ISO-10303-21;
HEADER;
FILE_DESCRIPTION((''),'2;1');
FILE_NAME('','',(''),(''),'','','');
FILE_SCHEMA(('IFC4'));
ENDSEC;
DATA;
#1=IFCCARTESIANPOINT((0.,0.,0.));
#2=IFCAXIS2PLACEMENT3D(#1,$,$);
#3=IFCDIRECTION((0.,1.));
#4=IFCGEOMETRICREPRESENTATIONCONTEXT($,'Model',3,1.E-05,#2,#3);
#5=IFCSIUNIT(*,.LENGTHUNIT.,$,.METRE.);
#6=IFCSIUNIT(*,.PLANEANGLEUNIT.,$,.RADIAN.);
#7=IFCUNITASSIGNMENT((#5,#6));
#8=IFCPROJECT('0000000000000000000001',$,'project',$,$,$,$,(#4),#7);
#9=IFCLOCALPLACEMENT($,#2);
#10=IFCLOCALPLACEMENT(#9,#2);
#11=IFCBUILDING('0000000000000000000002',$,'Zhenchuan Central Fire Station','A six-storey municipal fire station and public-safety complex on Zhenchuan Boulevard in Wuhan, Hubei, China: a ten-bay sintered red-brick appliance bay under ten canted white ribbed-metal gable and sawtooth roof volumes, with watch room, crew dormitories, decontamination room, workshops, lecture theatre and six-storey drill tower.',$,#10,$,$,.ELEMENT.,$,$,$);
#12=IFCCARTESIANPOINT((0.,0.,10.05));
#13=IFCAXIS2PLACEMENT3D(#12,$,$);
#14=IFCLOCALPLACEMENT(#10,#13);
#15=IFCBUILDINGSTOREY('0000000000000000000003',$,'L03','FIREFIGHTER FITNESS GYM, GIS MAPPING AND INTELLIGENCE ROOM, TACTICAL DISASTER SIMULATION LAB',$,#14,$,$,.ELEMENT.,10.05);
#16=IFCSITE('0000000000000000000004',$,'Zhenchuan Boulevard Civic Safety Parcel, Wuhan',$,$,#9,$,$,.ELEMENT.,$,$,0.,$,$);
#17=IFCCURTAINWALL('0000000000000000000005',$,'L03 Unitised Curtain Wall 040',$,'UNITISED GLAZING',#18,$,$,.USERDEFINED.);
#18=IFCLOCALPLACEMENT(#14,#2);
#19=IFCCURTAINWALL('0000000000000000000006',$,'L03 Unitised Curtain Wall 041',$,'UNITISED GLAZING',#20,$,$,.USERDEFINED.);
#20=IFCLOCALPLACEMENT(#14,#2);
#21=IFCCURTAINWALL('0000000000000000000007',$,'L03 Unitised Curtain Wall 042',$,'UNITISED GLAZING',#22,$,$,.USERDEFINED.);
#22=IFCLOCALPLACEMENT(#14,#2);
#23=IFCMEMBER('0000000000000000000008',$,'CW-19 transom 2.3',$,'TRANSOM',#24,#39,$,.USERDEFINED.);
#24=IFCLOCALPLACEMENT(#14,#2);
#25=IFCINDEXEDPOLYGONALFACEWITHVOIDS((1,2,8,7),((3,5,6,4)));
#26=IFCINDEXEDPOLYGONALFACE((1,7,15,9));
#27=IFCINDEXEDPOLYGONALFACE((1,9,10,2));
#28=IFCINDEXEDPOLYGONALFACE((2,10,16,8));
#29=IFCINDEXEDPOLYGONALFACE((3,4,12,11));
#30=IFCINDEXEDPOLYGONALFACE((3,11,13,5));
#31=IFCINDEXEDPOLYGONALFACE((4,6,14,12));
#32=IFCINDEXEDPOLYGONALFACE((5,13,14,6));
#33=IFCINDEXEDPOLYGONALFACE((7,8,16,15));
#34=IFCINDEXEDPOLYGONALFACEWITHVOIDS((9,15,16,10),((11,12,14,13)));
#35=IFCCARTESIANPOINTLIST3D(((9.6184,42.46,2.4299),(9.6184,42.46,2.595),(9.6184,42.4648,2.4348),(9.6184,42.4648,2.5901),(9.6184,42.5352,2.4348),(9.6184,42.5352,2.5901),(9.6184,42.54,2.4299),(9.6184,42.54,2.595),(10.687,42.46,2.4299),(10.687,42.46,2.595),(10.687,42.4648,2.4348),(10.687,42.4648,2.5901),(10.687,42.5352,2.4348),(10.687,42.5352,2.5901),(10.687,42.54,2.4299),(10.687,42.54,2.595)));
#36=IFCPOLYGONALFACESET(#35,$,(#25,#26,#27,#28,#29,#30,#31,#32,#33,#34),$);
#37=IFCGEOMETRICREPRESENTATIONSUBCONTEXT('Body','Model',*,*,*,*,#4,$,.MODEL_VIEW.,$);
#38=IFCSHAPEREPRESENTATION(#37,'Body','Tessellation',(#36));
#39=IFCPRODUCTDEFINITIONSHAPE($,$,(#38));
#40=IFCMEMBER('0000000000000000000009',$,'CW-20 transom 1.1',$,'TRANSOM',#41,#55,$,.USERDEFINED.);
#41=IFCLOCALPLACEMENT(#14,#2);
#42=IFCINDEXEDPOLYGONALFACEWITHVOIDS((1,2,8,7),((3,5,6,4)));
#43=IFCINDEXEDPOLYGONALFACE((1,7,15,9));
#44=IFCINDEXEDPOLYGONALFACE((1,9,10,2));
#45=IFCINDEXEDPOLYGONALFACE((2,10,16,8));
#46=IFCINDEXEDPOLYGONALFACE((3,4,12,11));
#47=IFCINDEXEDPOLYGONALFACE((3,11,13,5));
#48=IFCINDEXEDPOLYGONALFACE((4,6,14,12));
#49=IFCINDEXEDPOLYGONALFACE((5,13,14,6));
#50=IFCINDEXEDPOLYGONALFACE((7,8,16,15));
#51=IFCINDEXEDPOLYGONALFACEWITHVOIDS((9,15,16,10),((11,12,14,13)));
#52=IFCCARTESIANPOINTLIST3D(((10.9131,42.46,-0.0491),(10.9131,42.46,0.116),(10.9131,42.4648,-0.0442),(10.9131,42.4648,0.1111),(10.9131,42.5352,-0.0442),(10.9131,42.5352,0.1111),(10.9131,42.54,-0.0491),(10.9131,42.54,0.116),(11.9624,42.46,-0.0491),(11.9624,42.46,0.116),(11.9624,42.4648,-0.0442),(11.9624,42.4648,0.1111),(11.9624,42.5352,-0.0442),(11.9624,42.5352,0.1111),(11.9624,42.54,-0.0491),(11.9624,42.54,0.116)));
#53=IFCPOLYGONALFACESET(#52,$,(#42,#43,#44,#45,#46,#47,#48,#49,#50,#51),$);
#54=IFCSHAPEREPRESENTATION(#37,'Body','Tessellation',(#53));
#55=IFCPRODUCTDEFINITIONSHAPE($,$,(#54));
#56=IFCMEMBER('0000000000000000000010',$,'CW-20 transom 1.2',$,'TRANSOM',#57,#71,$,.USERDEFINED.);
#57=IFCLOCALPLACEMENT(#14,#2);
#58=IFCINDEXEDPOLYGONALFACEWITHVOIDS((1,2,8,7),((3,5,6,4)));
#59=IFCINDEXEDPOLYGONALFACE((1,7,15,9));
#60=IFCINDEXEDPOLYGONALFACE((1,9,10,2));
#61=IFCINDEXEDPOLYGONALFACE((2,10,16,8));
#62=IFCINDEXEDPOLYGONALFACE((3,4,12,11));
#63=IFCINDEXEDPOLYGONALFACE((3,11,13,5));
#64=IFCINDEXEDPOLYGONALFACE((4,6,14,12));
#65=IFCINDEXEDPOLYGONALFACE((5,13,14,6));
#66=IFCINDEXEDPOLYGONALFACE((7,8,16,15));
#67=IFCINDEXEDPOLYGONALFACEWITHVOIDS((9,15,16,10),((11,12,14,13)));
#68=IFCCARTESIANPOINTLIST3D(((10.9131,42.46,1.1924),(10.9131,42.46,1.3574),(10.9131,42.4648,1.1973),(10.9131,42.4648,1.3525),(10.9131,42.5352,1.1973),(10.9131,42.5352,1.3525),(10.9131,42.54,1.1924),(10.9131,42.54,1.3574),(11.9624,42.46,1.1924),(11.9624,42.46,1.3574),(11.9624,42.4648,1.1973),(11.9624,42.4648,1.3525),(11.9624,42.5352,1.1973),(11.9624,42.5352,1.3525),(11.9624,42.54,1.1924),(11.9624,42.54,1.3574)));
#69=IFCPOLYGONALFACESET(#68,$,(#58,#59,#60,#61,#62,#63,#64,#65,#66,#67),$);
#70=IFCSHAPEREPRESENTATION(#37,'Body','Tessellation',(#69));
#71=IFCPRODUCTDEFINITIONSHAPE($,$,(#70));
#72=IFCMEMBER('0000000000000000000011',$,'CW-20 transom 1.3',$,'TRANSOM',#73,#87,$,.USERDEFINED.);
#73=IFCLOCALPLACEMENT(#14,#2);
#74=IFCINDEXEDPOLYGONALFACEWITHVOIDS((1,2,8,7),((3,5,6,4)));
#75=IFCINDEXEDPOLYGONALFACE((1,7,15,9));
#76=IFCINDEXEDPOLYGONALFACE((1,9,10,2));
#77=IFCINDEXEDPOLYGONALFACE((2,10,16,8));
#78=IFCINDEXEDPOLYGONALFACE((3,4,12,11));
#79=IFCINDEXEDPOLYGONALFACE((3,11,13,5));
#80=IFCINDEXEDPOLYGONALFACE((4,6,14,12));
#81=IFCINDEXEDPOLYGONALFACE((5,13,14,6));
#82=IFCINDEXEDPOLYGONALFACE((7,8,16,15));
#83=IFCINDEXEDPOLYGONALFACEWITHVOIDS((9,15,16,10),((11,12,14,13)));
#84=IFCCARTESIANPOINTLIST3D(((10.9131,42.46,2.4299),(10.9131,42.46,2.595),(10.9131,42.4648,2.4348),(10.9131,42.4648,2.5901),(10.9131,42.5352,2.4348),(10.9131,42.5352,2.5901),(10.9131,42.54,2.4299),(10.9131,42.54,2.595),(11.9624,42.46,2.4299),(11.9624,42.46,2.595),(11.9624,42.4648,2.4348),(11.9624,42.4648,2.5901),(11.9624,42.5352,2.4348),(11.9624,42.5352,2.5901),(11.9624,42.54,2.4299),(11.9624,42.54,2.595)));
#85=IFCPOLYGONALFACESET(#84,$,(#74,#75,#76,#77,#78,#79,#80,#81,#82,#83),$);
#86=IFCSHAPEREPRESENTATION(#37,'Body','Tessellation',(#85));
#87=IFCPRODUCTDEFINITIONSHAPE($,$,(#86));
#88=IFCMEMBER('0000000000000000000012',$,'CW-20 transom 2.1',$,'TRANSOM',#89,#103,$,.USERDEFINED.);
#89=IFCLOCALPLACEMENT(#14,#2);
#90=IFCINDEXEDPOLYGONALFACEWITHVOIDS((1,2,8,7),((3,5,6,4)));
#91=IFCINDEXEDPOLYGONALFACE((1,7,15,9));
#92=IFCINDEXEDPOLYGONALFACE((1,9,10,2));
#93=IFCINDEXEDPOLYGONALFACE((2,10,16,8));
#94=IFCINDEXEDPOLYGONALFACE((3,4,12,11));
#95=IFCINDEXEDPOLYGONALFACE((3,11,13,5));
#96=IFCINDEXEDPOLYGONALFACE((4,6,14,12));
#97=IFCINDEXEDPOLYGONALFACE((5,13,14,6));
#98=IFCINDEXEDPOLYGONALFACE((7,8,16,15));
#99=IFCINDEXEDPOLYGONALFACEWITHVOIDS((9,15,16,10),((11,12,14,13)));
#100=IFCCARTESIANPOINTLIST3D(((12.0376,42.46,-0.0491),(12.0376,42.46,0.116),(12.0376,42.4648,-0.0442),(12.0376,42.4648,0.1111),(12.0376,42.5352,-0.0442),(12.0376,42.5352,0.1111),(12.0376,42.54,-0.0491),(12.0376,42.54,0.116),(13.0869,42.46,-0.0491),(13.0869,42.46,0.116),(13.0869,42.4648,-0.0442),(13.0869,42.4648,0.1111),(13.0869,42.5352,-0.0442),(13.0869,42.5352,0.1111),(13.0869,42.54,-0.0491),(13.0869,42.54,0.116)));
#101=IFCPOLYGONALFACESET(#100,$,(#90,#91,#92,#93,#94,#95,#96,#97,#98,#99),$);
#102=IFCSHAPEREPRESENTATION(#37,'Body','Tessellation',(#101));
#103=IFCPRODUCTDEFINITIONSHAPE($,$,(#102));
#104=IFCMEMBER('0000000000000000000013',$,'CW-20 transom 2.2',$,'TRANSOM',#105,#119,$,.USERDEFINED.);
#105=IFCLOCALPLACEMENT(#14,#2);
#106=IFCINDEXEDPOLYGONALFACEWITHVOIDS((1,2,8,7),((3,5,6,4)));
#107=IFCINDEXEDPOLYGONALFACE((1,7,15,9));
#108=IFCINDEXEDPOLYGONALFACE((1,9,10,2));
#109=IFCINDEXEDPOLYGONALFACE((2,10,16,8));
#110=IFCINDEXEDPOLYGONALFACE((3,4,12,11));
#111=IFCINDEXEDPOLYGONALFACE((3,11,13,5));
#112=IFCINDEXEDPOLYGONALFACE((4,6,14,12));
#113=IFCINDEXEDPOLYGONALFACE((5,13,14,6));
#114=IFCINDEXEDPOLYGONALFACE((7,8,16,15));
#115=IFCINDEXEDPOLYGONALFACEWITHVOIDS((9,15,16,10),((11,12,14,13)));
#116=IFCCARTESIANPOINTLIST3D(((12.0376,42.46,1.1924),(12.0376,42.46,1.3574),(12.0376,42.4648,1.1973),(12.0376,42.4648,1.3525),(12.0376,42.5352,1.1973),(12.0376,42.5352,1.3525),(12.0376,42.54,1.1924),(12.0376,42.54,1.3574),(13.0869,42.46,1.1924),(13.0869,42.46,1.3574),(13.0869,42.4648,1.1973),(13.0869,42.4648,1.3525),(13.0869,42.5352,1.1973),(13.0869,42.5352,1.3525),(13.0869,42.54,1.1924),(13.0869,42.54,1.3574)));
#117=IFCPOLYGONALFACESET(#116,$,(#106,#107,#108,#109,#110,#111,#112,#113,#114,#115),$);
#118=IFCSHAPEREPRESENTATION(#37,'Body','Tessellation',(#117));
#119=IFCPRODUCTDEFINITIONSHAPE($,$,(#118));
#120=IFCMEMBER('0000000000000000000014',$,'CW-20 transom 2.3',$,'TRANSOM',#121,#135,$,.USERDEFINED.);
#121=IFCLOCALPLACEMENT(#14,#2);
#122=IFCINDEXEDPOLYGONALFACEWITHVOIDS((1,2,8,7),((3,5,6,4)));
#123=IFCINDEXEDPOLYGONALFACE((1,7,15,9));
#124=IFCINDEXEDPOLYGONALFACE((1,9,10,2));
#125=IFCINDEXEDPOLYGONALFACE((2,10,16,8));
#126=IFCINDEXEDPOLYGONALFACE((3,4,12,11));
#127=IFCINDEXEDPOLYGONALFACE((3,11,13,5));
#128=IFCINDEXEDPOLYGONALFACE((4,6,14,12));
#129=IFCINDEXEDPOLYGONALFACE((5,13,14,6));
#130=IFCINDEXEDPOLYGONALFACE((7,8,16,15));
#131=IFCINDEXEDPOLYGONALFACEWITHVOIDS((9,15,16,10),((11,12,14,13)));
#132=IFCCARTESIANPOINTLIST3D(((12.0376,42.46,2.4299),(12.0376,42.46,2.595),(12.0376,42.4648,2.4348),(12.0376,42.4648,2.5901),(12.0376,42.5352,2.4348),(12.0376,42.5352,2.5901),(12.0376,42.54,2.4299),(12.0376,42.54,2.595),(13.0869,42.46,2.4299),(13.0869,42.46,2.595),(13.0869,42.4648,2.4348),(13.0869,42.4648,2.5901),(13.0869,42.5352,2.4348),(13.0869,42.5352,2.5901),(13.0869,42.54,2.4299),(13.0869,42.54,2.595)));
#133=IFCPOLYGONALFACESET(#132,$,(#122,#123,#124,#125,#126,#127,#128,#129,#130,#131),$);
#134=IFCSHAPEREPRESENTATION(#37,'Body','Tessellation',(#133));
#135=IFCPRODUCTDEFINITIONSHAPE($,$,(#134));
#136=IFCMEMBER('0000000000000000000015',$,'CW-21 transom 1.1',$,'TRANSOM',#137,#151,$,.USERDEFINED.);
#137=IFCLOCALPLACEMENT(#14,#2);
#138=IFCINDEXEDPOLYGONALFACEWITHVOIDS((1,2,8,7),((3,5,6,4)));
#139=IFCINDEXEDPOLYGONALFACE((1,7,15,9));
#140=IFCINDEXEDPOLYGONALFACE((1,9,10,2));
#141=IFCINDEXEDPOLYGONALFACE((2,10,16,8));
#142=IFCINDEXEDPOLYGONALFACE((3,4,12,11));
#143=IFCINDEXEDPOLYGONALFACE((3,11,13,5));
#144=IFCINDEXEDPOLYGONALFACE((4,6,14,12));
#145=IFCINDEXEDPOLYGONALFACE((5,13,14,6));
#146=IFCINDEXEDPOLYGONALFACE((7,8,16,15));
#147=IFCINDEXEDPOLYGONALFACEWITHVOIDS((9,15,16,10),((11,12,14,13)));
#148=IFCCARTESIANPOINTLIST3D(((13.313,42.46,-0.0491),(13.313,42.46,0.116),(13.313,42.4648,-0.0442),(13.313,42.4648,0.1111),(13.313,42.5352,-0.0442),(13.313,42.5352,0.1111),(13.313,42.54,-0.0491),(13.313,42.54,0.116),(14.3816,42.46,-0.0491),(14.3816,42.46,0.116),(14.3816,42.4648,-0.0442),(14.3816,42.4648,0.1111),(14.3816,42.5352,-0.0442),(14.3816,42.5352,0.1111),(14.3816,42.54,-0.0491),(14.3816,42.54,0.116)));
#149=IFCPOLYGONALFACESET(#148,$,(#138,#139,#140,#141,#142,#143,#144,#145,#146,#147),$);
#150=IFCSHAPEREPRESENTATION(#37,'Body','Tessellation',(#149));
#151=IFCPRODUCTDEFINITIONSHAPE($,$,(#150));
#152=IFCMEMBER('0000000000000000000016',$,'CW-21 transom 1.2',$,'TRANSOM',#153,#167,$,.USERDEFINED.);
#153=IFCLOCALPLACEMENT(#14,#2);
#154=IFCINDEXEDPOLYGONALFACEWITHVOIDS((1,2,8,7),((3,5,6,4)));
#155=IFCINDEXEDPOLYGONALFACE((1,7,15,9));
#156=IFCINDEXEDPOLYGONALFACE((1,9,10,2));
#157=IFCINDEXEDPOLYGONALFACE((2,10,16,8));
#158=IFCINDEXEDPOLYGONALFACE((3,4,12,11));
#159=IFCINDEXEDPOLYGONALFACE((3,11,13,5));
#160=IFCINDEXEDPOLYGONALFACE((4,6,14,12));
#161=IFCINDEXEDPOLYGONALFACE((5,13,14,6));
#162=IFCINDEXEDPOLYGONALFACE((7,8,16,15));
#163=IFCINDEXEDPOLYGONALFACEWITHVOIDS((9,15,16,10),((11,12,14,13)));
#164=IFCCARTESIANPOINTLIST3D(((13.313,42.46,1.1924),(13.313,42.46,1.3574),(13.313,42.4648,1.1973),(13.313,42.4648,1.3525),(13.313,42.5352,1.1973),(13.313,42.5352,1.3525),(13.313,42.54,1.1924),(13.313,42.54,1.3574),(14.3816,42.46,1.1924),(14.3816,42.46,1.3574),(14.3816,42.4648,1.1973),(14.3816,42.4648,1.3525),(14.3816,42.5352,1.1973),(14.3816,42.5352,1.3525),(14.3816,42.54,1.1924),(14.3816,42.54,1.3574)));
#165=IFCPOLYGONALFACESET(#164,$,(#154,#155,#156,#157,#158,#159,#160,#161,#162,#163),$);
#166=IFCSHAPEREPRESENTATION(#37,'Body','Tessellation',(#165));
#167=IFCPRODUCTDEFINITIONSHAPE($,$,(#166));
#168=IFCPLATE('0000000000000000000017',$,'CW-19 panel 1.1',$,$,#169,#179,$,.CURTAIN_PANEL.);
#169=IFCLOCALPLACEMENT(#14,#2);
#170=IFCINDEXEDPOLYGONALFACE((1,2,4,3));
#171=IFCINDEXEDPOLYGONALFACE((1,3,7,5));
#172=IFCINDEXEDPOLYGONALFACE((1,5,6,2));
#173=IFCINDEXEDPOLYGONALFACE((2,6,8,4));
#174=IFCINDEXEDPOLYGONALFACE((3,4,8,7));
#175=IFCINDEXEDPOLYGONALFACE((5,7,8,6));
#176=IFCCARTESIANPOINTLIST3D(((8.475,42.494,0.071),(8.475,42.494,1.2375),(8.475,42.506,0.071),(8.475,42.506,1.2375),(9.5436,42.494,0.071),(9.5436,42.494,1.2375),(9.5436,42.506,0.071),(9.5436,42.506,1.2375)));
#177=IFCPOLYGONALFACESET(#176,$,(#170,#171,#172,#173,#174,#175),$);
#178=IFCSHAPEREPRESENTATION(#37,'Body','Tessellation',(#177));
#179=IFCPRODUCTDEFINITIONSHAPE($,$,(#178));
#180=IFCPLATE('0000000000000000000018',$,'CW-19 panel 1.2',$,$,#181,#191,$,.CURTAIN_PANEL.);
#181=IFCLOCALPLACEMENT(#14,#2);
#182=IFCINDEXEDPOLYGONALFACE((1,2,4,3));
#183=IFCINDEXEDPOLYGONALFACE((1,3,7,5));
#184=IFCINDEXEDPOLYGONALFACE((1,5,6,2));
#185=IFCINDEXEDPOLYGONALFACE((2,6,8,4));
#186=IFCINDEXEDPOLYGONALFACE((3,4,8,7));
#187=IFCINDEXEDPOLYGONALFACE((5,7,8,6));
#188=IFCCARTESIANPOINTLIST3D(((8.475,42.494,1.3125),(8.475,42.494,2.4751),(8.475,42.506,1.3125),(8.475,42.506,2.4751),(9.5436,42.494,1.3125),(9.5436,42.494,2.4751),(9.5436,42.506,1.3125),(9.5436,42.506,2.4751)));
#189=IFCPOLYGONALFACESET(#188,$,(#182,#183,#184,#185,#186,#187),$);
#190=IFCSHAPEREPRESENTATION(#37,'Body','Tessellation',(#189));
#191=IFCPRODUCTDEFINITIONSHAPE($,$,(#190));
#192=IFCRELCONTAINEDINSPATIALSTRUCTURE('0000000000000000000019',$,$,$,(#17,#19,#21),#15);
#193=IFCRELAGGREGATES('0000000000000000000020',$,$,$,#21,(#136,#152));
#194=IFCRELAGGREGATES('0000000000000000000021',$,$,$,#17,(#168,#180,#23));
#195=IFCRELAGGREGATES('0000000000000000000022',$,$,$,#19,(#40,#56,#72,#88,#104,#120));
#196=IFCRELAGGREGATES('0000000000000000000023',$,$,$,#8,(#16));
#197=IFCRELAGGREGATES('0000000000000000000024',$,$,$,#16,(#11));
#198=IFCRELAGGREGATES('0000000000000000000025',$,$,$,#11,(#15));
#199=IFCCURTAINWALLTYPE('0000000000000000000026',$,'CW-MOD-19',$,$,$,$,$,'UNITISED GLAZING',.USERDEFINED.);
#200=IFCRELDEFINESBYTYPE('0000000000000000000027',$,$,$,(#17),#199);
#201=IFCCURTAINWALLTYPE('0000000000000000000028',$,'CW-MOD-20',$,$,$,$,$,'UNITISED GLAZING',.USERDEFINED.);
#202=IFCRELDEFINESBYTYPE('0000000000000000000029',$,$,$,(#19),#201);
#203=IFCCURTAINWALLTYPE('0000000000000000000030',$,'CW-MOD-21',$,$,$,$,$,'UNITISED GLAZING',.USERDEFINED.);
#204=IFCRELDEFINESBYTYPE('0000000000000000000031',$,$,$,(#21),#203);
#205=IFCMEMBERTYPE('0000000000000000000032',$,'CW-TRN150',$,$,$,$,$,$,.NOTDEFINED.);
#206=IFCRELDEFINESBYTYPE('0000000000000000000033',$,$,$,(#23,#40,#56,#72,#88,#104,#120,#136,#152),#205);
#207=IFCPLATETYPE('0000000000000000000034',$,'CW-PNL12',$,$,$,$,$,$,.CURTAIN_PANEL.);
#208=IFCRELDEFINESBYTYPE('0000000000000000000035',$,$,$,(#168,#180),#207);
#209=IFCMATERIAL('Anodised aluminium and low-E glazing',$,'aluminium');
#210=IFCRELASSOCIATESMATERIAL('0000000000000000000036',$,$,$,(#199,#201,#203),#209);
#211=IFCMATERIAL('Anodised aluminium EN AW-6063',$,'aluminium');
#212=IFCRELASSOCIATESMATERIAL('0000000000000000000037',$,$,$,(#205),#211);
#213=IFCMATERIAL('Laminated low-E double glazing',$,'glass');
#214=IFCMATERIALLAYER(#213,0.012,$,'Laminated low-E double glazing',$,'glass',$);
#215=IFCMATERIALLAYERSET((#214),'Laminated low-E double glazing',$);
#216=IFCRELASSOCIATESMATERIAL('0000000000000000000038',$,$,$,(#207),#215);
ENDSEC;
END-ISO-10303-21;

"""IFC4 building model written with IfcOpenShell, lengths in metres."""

from ifc_helpers import new_model, si_unit, direction, frame, origin, origin_2d, place, context, subcontext, project, spatial, rectangle, hollow_rectangle, extrude, material, layer, layer_set, material_profile, profile_set, type_object, element, aggregate, save


model = new_model("IFC4")

# Units and contexts
model_context = context("Model", 3, precision=1e-05, world=origin(), true_north=direction((0.0, 1.0)))
body_context = subcontext(model_context, "Body", "Model", "MODEL_VIEW")
ifc_project = project(units=[si_unit("LENGTHUNIT", "METRE"), si_unit("PLANEANGLEUNIT", "RADIAN")], contexts=[model_context])

# Site, building, storey
site_placement = place(None, origin())
site = spatial("IfcSite", under=ifc_project, at=site_placement, Name="Zhenchuan Boulevard Civic Safety Parcel, Wuhan", CompositionType="ELEMENT", RefElevation=0.0)
building_placement = place(site_placement, origin())
building = spatial("IfcBuilding", under=site, at=building_placement, Name="Zhenchuan Central Fire Station", Description="A six-storey municipal fire station and public-safety complex on Zhenchuan Boulevard in Wuhan, Hubei, China: a ten-bay sintered red-brick appliance bay under ten canted white ribbed-metal gable and sawtooth roof volumes, with watch room, crew dormitories, decontamination room, workshops, lecture theatre and six-storey drill tower.", CompositionType="ELEMENT")
storey_placement = place(building_placement, frame((0.0, 0.0, 10.05)))
storey = spatial("IfcBuildingStorey", under=building, at=storey_placement, Name="L03", Description="FIREFIGHTER FITNESS GYM, GIS MAPPING AND INTELLIGENCE ROOM, TACTICAL DISASTER SIMULATION LAB", CompositionType="ELEMENT", Elevation=10.05)

# Curtain walls
ifc_material_1 = material(Name="Anodised aluminium and low-E glazing", Category="aluminium")
curtain_wall_type_1 = type_object("IfcCurtainWallType", Name="CW-MOD-19", ElementType="UNITISED GLAZING", PredefinedType="USERDEFINED", material=ifc_material_1)
curtain_wall_1_placement = place(storey_placement, origin())
curtain_wall_1 = element("IfcCurtainWall", 1, at=curtain_wall_1_placement, inside=storey, type_object=curtain_wall_type_1, Name="L03 Unitised Curtain Wall 040", ObjectType="UNITISED GLAZING", PredefinedType="USERDEFINED")
ifc_material_2 = material(Name="Anodised aluminium EN AW-6063", Category="aluminium")
curtain_wall_type_2 = type_object("IfcCurtainWallType", Name="CW-MOD-20", ElementType="UNITISED GLAZING", PredefinedType="USERDEFINED", material=ifc_material_1)
curtain_wall_2_placement = place(storey_placement, origin())
curtain_wall_2 = element("IfcCurtainWall", 2, at=curtain_wall_2_placement, inside=storey, type_object=curtain_wall_type_2, Name="L03 Unitised Curtain Wall 041", ObjectType="UNITISED GLAZING", PredefinedType="USERDEFINED")

# Curtain wall
curtain_wall_type_3 = type_object("IfcCurtainWallType", Name="CW-MOD-21", ElementType="UNITISED GLAZING", PredefinedType="USERDEFINED", material=ifc_material_1)
curtain_wall_3_placement = place(storey_placement, origin())
curtain_wall_3 = element("IfcCurtainWall", 3, at=curtain_wall_3_placement, inside=storey, type_object=curtain_wall_type_3, Name="L03 Unitised Curtain Wall 042", ObjectType="UNITISED GLAZING", PredefinedType="USERDEFINED")

# Members
ifc_material_profile_1 = material_profile(ifc_material_2, hollow_rectangle(XDim=0.0801, YDim=0.165, WallThickness=0.0049, at=origin_2d()), Name="ALU-T 165x80")
ifc_profile_set_1 = profile_set([ifc_material_profile_1], Name="Anodised aluminium EN AW-6063")
member_type_1 = type_object("IfcMemberType", Name="CW-TRN150", PredefinedType="NOTDEFINED", material=ifc_profile_set_1)
member_1_placement = place(storey_placement, frame((9.6184, 42.5, 2.5125), z_axis=(1.0, 0.0, 0.0), x_axis=(0.0, 1.0, 0.0)))
member_1 = element("IfcMember", 4, at=member_1_placement, type_object=member_type_1, Name="CW-19 transom 2.3", ObjectType="TRANSOM", PredefinedType="USERDEFINED", context=body_context, shape_type="SweptSolid", body=[
    extrude(hollow_rectangle(XDim=0.0801, YDim=0.165, WallThickness=0.0049, at=origin_2d()), origin(), (0.0, 0.0, 1.0), 1.0686),
])
member_2_placement = place(storey_placement, frame((10.9131, 42.5, 0.0334), z_axis=(1.0, 0.0, 0.0), x_axis=(0.0, 1.0, 0.0)))
member_2 = element("IfcMember", 5, at=member_2_placement, type_object=member_type_1, Name="CW-20 transom 1.1", ObjectType="TRANSOM", PredefinedType="USERDEFINED", context=body_context, shape_type="SweptSolid", body=[
    extrude(hollow_rectangle(XDim=0.0801, YDim=0.165, WallThickness=0.0049, at=origin_2d()), origin(), (0.0, 0.0, 1.0), 1.0493),
])
member_3_placement = place(storey_placement, frame((10.9131, 42.5, 1.2749), z_axis=(1.0, 0.0, 0.0), x_axis=(0.0, 1.0, 0.0)))
member_3 = element("IfcMember", 6, at=member_3_placement, type_object=member_type_1, Name="CW-20 transom 1.2", ObjectType="TRANSOM", PredefinedType="USERDEFINED", context=body_context, shape_type="SweptSolid", body=[
    extrude(hollow_rectangle(XDim=0.0801, YDim=0.165, WallThickness=0.0049, at=origin_2d()), origin(), (0.0, 0.0, 1.0), 1.0493),
])
member_4_placement = place(storey_placement, frame((10.9131, 42.5, 2.5125), z_axis=(1.0, 0.0, 0.0), x_axis=(0.0, 1.0, 0.0)))
member_4 = element("IfcMember", 7, at=member_4_placement, type_object=member_type_1, Name="CW-20 transom 1.3", ObjectType="TRANSOM", PredefinedType="USERDEFINED", context=body_context, shape_type="SweptSolid", body=[
    extrude(hollow_rectangle(XDim=0.0801, YDim=0.165, WallThickness=0.0049, at=origin_2d()), origin(), (0.0, 0.0, 1.0), 1.0493),
])
member_5_placement = place(storey_placement, frame((12.0376, 42.5, 0.0334), z_axis=(1.0, 0.0, 0.0), x_axis=(0.0, 1.0, 0.0)))
member_5 = element("IfcMember", 8, at=member_5_placement, type_object=member_type_1, Name="CW-20 transom 2.1", ObjectType="TRANSOM", PredefinedType="USERDEFINED", context=body_context, shape_type="SweptSolid", body=[
    extrude(hollow_rectangle(XDim=0.0801, YDim=0.165, WallThickness=0.0049, at=origin_2d()), origin(), (0.0, 0.0, 1.0), 1.0493),
])
member_6_placement = place(storey_placement, frame((12.0376, 42.5, 1.2749), z_axis=(1.0, 0.0, 0.0), x_axis=(0.0, 1.0, 0.0)))
member_6 = element("IfcMember", 9, at=member_6_placement, type_object=member_type_1, Name="CW-20 transom 2.2", ObjectType="TRANSOM", PredefinedType="USERDEFINED", context=body_context, shape_type="SweptSolid", body=[
    extrude(hollow_rectangle(XDim=0.0801, YDim=0.165, WallThickness=0.0049, at=origin_2d()), origin(), (0.0, 0.0, 1.0), 1.0493),
])
member_7_placement = place(storey_placement, frame((12.0376, 42.5, 2.5125), z_axis=(1.0, 0.0, 0.0), x_axis=(0.0, 1.0, 0.0)))
member_7 = element("IfcMember", 10, at=member_7_placement, type_object=member_type_1, Name="CW-20 transom 2.3", ObjectType="TRANSOM", PredefinedType="USERDEFINED", context=body_context, shape_type="SweptSolid", body=[
    extrude(hollow_rectangle(XDim=0.0801, YDim=0.165, WallThickness=0.0049, at=origin_2d()), origin(), (0.0, 0.0, 1.0), 1.0493),
])
member_8_placement = place(storey_placement, frame((13.313, 42.5, 0.0334), z_axis=(1.0, 0.0, 0.0), x_axis=(0.0, 1.0, 0.0)))
member_8 = element("IfcMember", 11, at=member_8_placement, type_object=member_type_1, Name="CW-21 transom 1.1", ObjectType="TRANSOM", PredefinedType="USERDEFINED", context=body_context, shape_type="SweptSolid", body=[
    extrude(hollow_rectangle(XDim=0.0801, YDim=0.165, WallThickness=0.0049, at=origin_2d()), origin(), (0.0, 0.0, 1.0), 1.0686),
])
member_9_placement = place(storey_placement, frame((13.313, 42.5, 1.2749), z_axis=(1.0, 0.0, 0.0), x_axis=(0.0, 1.0, 0.0)))
member_9 = element("IfcMember", 12, at=member_9_placement, type_object=member_type_1, Name="CW-21 transom 1.2", ObjectType="TRANSOM", PredefinedType="USERDEFINED", context=body_context, shape_type="SweptSolid", body=[
    extrude(hollow_rectangle(XDim=0.0801, YDim=0.165, WallThickness=0.0049, at=origin_2d()), origin(), (0.0, 0.0, 1.0), 1.0686),
])
aggregate(curtain_wall_3, [member_8, member_9])

# Plates
ifc_material_3 = material(Name="Laminated low-E double glazing", Category="glass")
ifc_layer = layer(ifc_material_3, 0.012, Name="Laminated low-E double glazing", Category="glass")
ifc_layer_set = layer_set([ifc_layer], Name="Laminated low-E double glazing")
plate_type_1 = type_object("IfcPlateType", Name="CW-PNL12", PredefinedType="CURTAIN_PANEL", material=ifc_layer_set)
plate_1_placement = place(storey_placement, frame((9.0093, 42.5, 0.071), z_axis=(0.0, 0.0, 1.0), x_axis=(1.0, 0.0, 0.0)))
plate_1 = element("IfcPlate", 13, at=plate_1_placement, type_object=plate_type_1, Name="CW-19 panel 1.1", PredefinedType="CURTAIN_PANEL", context=body_context, shape_type="SweptSolid", body=[
    extrude(rectangle(XDim=1.0686, YDim=0.012, at=origin_2d()), origin(), (0.0, 0.0, 1.0), 1.1665),
])
plate_2_placement = place(storey_placement, frame((9.0093, 42.5, 1.3125), z_axis=(0.0, 0.0, 1.0), x_axis=(1.0, 0.0, 0.0)))
plate_2 = element("IfcPlate", 14, at=plate_2_placement, type_object=plate_type_1, Name="CW-19 panel 1.2", PredefinedType="CURTAIN_PANEL", context=body_context, shape_type="SweptSolid", body=[
    extrude(rectangle(XDim=1.0686, YDim=0.012, at=origin_2d()), origin(), (0.0, 0.0, 1.0), 1.1626),
])
aggregate(curtain_wall_1, [plate_1, plate_2, member_1])
aggregate(curtain_wall_2, [member_2, member_3, member_4, member_5, member_6, member_7])

save(model, "model.ifc")
